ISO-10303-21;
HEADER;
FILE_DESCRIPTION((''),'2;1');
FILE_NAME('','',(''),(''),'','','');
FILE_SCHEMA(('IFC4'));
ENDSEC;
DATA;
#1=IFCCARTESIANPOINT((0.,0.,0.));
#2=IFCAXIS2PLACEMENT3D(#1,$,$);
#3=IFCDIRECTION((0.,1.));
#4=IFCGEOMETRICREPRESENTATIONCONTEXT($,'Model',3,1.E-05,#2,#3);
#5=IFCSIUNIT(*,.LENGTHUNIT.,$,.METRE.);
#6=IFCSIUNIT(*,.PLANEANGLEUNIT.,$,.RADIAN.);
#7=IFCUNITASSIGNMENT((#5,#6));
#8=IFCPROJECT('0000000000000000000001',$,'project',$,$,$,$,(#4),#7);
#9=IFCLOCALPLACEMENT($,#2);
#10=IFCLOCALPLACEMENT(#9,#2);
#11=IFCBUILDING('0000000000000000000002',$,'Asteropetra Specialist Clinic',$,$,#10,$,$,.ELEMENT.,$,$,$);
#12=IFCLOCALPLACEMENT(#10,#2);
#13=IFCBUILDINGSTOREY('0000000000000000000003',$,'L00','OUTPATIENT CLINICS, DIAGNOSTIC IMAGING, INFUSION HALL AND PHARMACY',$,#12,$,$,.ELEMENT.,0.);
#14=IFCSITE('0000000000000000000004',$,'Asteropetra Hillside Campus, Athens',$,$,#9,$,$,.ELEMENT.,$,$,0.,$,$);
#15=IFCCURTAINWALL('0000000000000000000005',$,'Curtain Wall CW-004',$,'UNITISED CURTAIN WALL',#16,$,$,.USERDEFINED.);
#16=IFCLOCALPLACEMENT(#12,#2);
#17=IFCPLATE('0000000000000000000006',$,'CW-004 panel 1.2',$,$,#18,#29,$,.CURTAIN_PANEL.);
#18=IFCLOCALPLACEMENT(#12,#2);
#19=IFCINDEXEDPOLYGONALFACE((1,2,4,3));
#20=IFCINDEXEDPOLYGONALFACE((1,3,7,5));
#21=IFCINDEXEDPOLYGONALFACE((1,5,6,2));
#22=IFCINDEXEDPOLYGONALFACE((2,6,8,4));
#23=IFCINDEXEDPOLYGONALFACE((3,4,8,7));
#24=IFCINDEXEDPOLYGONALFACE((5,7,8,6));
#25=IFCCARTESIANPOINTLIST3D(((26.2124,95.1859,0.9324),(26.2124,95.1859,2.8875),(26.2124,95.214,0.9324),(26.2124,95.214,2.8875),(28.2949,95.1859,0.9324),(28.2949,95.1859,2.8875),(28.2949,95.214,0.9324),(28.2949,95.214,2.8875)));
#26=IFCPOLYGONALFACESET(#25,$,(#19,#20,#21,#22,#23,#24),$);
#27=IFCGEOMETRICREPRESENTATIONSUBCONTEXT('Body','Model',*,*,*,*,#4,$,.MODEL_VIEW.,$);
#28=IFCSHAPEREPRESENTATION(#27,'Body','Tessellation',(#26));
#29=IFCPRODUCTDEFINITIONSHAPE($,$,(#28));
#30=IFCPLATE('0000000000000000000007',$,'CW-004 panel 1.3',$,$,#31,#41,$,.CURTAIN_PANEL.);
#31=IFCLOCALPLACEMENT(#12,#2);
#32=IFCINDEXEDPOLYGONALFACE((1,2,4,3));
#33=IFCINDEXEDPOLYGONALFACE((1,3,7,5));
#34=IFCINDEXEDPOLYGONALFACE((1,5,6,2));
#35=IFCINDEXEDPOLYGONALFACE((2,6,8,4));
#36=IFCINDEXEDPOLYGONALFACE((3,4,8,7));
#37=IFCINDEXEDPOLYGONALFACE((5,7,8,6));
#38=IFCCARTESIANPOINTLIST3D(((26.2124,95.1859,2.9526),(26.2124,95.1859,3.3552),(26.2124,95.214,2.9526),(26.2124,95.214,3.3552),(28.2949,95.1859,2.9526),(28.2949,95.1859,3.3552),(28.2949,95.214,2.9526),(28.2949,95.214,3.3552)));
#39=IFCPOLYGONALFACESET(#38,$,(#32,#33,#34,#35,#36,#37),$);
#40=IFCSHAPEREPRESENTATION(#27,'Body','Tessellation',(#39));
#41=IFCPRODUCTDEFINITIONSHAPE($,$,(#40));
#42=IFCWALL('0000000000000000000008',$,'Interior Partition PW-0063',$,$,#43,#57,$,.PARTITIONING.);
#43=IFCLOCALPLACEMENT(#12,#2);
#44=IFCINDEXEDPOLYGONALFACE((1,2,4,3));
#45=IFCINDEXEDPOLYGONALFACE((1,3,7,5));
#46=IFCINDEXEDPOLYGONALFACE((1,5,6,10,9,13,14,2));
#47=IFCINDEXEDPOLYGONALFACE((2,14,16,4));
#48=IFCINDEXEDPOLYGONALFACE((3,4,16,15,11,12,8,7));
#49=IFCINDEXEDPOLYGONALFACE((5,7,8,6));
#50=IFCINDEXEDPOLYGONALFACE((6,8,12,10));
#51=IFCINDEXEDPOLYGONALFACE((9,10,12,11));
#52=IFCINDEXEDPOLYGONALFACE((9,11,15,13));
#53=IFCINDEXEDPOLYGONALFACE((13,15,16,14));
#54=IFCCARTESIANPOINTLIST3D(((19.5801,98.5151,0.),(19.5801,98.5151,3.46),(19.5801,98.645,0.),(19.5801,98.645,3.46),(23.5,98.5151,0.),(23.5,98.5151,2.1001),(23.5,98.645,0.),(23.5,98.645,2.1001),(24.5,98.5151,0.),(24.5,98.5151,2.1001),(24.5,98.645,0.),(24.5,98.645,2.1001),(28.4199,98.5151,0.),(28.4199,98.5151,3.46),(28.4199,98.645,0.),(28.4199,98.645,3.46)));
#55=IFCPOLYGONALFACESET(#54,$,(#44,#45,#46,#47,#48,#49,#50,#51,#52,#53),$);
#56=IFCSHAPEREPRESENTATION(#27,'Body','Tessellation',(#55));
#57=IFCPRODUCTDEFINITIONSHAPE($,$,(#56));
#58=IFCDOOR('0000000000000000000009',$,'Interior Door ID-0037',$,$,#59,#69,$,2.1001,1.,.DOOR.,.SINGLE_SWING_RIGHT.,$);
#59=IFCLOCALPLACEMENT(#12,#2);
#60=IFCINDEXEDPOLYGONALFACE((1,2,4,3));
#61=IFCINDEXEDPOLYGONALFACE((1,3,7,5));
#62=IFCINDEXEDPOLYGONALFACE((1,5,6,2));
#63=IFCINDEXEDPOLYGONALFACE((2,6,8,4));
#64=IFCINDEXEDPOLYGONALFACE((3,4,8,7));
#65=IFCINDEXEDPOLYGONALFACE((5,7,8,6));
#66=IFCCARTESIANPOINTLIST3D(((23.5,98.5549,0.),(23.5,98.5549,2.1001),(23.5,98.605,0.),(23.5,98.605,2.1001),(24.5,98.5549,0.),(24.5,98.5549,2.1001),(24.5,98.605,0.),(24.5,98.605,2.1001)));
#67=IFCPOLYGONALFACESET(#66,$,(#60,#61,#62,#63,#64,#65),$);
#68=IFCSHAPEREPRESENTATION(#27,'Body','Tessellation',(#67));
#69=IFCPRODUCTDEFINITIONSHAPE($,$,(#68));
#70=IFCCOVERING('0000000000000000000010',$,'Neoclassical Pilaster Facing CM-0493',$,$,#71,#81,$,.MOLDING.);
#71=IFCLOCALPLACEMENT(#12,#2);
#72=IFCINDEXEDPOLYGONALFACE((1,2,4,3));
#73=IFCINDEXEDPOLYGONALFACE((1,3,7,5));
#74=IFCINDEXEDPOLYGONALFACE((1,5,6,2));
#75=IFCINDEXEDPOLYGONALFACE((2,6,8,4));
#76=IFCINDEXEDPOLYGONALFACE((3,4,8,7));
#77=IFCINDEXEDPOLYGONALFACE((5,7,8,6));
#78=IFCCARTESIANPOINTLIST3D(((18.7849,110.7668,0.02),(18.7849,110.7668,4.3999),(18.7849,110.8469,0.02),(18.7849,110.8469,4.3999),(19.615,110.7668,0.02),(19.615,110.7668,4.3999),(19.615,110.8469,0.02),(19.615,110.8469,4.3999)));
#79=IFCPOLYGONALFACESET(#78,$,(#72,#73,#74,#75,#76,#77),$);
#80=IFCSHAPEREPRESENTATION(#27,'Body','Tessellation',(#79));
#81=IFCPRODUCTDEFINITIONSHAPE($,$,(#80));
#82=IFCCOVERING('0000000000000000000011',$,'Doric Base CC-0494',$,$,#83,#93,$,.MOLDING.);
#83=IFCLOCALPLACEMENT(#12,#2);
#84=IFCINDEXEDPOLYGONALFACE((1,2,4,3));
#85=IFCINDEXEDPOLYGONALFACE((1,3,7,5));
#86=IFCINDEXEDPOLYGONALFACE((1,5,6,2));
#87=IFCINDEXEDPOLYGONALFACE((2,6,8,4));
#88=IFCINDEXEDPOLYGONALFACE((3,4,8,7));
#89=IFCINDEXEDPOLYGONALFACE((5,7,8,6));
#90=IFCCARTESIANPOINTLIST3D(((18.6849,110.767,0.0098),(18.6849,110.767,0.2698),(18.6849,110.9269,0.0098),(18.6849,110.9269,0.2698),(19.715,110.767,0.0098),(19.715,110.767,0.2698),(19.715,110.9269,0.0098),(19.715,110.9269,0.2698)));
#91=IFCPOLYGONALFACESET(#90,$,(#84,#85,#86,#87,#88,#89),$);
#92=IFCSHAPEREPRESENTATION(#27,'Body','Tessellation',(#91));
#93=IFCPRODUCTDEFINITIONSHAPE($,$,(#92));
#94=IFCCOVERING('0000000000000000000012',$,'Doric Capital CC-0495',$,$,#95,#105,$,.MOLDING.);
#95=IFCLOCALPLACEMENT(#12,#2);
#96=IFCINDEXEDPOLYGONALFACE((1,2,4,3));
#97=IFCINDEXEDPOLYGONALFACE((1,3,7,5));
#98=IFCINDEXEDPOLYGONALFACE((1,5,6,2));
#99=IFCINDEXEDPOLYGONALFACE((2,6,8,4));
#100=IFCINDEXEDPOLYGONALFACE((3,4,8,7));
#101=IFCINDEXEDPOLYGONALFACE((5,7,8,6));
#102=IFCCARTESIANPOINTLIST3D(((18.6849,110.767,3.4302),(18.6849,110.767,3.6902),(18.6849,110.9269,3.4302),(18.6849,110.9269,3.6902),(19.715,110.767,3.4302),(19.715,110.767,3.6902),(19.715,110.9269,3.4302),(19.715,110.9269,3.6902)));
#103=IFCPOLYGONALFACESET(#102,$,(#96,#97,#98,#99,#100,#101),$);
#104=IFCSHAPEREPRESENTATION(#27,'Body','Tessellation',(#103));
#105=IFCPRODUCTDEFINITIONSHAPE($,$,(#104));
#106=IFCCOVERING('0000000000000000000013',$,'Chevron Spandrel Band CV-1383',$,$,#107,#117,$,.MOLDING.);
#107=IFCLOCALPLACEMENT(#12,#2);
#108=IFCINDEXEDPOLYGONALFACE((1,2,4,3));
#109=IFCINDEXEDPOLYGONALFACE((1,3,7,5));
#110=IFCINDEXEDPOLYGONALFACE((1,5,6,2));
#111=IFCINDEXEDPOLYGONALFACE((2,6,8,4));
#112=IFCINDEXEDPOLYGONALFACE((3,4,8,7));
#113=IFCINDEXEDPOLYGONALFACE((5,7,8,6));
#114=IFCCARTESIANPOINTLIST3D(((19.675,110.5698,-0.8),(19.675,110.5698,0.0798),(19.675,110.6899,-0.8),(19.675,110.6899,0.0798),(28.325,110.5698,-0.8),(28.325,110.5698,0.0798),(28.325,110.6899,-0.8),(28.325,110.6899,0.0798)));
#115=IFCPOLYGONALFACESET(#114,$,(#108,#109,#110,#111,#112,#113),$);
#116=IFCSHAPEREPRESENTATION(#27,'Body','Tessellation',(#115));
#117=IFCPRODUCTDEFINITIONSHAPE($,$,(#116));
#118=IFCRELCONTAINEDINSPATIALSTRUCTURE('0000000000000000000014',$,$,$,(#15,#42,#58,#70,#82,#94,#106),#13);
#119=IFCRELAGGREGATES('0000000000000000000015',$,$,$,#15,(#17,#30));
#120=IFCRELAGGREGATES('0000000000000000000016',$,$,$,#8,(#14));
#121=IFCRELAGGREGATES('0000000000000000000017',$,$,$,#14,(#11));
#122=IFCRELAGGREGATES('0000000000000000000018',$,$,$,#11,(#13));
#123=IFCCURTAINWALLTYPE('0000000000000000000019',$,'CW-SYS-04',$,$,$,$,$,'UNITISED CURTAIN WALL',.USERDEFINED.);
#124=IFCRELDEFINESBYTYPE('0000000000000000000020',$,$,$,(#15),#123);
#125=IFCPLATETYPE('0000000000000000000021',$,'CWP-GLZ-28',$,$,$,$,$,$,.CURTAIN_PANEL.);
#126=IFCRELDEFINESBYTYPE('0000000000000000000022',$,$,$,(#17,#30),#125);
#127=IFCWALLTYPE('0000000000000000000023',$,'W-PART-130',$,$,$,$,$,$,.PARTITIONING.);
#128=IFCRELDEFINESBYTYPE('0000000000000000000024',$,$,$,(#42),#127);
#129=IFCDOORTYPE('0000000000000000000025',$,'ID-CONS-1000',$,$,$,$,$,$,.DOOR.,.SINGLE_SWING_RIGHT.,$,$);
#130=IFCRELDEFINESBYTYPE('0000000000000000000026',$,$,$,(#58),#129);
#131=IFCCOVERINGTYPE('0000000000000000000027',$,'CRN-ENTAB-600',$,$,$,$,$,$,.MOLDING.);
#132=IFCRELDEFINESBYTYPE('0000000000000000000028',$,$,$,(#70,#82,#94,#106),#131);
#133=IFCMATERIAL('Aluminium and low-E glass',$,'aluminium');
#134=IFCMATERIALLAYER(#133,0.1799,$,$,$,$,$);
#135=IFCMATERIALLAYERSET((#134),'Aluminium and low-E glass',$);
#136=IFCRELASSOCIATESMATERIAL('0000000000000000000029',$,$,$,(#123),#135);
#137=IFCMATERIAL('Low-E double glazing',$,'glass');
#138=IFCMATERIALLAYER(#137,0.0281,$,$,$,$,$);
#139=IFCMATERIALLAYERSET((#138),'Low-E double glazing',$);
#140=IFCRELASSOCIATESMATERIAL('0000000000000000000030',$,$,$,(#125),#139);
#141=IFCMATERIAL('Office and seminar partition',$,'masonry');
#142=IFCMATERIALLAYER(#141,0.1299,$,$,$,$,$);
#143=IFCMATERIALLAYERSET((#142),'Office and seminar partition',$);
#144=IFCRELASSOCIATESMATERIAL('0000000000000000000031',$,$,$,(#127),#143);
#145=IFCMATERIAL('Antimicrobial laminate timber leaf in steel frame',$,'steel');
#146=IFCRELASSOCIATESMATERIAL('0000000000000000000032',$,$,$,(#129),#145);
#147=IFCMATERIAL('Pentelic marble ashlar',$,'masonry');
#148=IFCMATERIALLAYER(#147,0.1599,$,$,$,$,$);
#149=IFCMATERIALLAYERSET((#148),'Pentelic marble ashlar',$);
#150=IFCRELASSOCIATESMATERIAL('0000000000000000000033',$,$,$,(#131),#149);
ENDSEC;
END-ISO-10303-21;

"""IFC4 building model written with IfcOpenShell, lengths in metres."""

from ifc_helpers import new_model, si_unit, direction, frame, frame_2d, origin, origin_2d, place, context, subcontext, project, spatial, rectangle, extrude, material, layer, layer_set, type_object, element, fill, aggregate, save


model = new_model("IFC4")

# Units and contexts
model_context = context("Model", 3, precision=1e-05, world=origin(), true_north=direction((0.0, 1.0)))
body_context = subcontext(model_context, "Body", "Model", "MODEL_VIEW")
ifc_project = project(units=[si_unit("LENGTHUNIT", "METRE"), si_unit("PLANEANGLEUNIT", "RADIAN")], contexts=[model_context])

# Site, building, storey
site_placement = place(None, origin())
site = spatial("IfcSite", under=ifc_project, at=site_placement, Name="Asteropetra Hillside Campus, Athens", CompositionType="ELEMENT", RefElevation=0.0)
building_placement = place(site_placement, origin())
building = spatial("IfcBuilding", under=site, at=building_placement, Name="Asteropetra Specialist Clinic", CompositionType="ELEMENT")
storey_placement = place(building_placement, origin())
storey = spatial("IfcBuildingStorey", under=building, at=storey_placement, Name="L00", Description="OUTPATIENT CLINICS, DIAGNOSTIC IMAGING, INFUSION HALL AND PHARMACY", CompositionType="ELEMENT", Elevation=0.0)

# Curtain wall, plates
ifc_material_1 = material(Name="Aluminium and low-E glass", Category="aluminium")
ifc_layer_1 = layer(ifc_material_1, 0.1799)
ifc_layer_set_1 = layer_set([ifc_layer_1], Name="Aluminium and low-E glass")
curtain_wall_type = type_object("IfcCurtainWallType", Name="CW-SYS-04", ElementType="UNITISED CURTAIN WALL", PredefinedType="USERDEFINED", material=ifc_layer_set_1)
curtain_wall_placement = place(storey_placement, origin())
curtain_wall = element("IfcCurtainWall", 1, at=curtain_wall_placement, inside=storey, type_object=curtain_wall_type, Name="Curtain Wall CW-004", ObjectType="UNITISED CURTAIN WALL", PredefinedType="USERDEFINED")
ifc_material_2 = material(Name="Low-E double glazing", Category="glass")
ifc_layer_2 = layer(ifc_material_2, 0.0281)
ifc_layer_set_2 = layer_set([ifc_layer_2], Name="Low-E double glazing")
plate_type = type_object("IfcPlateType", Name="CWP-GLZ-28", PredefinedType="CURTAIN_PANEL", material=ifc_layer_set_2)
plate_1_placement = place(storey_placement, frame((27.2537, 95.2, 0.9324), z_axis=(0.0, 0.0, 1.0), x_axis=(-1.0, 0.0, 0.0)))
plate_1 = element("IfcPlate", 2, at=plate_1_placement, type_object=plate_type, Name="CW-004 panel 1.2", PredefinedType="CURTAIN_PANEL", context=body_context, shape_type="SweptSolid", body=[
    extrude(rectangle(XDim=2.0825, YDim=0.0281, at=origin_2d()), origin(), (0.0, 0.0, 1.0), 1.9551),
])
plate_2_placement = place(storey_placement, frame((27.2537, 95.2, 2.9526), z_axis=(0.0, 0.0, 1.0), x_axis=(-1.0, 0.0, 0.0)))
plate_2 = element("IfcPlate", 3, at=plate_2_placement, type_object=plate_type, Name="CW-004 panel 1.3", PredefinedType="CURTAIN_PANEL", context=body_context, shape_type="SweptSolid", body=[
    extrude(rectangle(XDim=2.0825, YDim=0.0281, at=origin_2d()), origin(), (0.0, 0.0, 1.0), 0.4026),
])
aggregate(curtain_wall, [plate_1, plate_2])

# Wall, opening, door
ifc_material_3 = material(Name="Office and seminar partition", Category="masonry")
ifc_layer_3 = layer(ifc_material_3, 0.1299)
ifc_layer_set_3 = layer_set([ifc_layer_3], Name="Office and seminar partition")
wall_type = type_object("IfcWallType", Name="W-PART-130", PredefinedType="PARTITIONING", material=ifc_layer_set_3)
wall_placement = place(storey_placement, frame((19.5801, 98.5801, 0.0), z_axis=(0.0, 0.0, 1.0), x_axis=(1.0, 0.0, 0.0)))
wall = element("IfcWall", 4, at=wall_placement, inside=storey, type_object=wall_type, Name="Interior Partition PW-0063", PredefinedType="PARTITIONING", context=body_context, shape_type="SweptSolid", body=[
    extrude(rectangle(XDim=8.8398, YDim=0.1299, at=frame_2d((4.4199, 0.0))), origin(), (0.0, 0.0, 1.0), 3.46),
])
opening_placement = place(wall_placement, frame((3.9199, 0.0, 0.0)))
opening = element("IfcOpeningElement", 5, at=opening_placement, cuts=wall, PredefinedType="OPENING", context=body_context, shape_type="SweptSolid", body=[
    extrude(rectangle(XDim=1.0, YDim=2.1001, at=frame_2d((0.5, 1.05))), frame((0.0, 0.075, 0.0), z_axis=(0.0, -1.0, 0.0), x_axis=(1.0, 0.0, 0.0)), (0.0, 0.0, 1.0), 0.1499),
])
ifc_material_4 = material(Name="Antimicrobial laminate timber leaf in steel frame", Category="steel")
door_type = type_object("IfcDoorType", Name="ID-CONS-1000", OperationType="SINGLE_SWING_RIGHT", PredefinedType="DOOR", material=ifc_material_4)
door_placement = place(opening_placement, origin())
door = element("IfcDoor", 6, at=door_placement, inside=storey, type_object=door_type, Name="Interior Door ID-0037", OperationType="SINGLE_SWING_RIGHT", OverallHeight=2.1001, OverallWidth=1.0, PredefinedType="DOOR", context=body_context, shape_type="SweptSolid", body=[
    extrude(rectangle(XDim=1.0, YDim=2.1001, at=frame_2d((0.5, 1.05))), frame((0.0, 0.0249, 0.0), z_axis=(0.0, -1.0, 0.0), x_axis=(1.0, 0.0, 0.0)), (0.0, 0.0, 1.0), 0.05),
])
fill(opening, door)

# Coverings
ifc_material_5 = material(Name="Pentelic marble ashlar", Category="masonry")
ifc_layer_4 = layer(ifc_material_5, 0.1599)
ifc_layer_set_4 = layer_set([ifc_layer_4], Name="Pentelic marble ashlar")
covering_type = type_object("IfcCoveringType", Name="CRN-ENTAB-600", PredefinedType="MOLDING", material=ifc_layer_set_4)
covering_1_placement = place(storey_placement, frame((19.2, 110.8069, 0.02), z_axis=(0.0, 0.0, 1.0), x_axis=(1.0, 0.0, 0.0)))
element("IfcCovering", 7, at=covering_1_placement, inside=storey, type_object=covering_type, Name="Neoclassical Pilaster Facing CM-0493", PredefinedType="MOLDING", context=body_context, shape_type="SweptSolid", body=[
    extrude(rectangle(XDim=0.8301, YDim=0.0801, at=origin_2d()), origin(), (0.0, 0.0, 1.0), 4.3799),
])
for number, where, z_axis, x_axis, name in (
    (8, (19.2, 110.8469, 0.0098), (0.0, 0.0, 1.0), (1.0, 0.0, 0.0), "Doric Base CC-0494"),
    (9, (19.2, 110.8469, 3.4302), (0.0, 0.0, 1.0), (1.0, 0.0, 0.0), "Doric Capital CC-0495"),
):
    element("IfcCovering", number, at=place(storey_placement, frame(where, z_axis=z_axis, x_axis=x_axis)), inside=storey, type_object=covering_type, Name=name, PredefinedType="MOLDING", context=body_context, shape_type="SweptSolid", body=[
        extrude(rectangle(XDim=1.03, YDim=0.1599, at=origin_2d()), origin(), (0.0, 0.0, 1.0), 0.26),
    ])
covering_2_placement = place(storey_placement, frame((24.0, 110.6299, -0.8), z_axis=(0.0, 0.0, 1.0), x_axis=(1.0, 0.0, 0.0)))
element("IfcCovering", 10, at=covering_2_placement, inside=storey, type_object=covering_type, Name="Chevron Spandrel Band CV-1383", PredefinedType="MOLDING", context=body_context, shape_type="SweptSolid", body=[
    extrude(rectangle(XDim=8.6499, YDim=0.1201, at=origin_2d()), origin(), (0.0, 0.0, 1.0), 0.8799),
])

save(model, "model.ifc")
